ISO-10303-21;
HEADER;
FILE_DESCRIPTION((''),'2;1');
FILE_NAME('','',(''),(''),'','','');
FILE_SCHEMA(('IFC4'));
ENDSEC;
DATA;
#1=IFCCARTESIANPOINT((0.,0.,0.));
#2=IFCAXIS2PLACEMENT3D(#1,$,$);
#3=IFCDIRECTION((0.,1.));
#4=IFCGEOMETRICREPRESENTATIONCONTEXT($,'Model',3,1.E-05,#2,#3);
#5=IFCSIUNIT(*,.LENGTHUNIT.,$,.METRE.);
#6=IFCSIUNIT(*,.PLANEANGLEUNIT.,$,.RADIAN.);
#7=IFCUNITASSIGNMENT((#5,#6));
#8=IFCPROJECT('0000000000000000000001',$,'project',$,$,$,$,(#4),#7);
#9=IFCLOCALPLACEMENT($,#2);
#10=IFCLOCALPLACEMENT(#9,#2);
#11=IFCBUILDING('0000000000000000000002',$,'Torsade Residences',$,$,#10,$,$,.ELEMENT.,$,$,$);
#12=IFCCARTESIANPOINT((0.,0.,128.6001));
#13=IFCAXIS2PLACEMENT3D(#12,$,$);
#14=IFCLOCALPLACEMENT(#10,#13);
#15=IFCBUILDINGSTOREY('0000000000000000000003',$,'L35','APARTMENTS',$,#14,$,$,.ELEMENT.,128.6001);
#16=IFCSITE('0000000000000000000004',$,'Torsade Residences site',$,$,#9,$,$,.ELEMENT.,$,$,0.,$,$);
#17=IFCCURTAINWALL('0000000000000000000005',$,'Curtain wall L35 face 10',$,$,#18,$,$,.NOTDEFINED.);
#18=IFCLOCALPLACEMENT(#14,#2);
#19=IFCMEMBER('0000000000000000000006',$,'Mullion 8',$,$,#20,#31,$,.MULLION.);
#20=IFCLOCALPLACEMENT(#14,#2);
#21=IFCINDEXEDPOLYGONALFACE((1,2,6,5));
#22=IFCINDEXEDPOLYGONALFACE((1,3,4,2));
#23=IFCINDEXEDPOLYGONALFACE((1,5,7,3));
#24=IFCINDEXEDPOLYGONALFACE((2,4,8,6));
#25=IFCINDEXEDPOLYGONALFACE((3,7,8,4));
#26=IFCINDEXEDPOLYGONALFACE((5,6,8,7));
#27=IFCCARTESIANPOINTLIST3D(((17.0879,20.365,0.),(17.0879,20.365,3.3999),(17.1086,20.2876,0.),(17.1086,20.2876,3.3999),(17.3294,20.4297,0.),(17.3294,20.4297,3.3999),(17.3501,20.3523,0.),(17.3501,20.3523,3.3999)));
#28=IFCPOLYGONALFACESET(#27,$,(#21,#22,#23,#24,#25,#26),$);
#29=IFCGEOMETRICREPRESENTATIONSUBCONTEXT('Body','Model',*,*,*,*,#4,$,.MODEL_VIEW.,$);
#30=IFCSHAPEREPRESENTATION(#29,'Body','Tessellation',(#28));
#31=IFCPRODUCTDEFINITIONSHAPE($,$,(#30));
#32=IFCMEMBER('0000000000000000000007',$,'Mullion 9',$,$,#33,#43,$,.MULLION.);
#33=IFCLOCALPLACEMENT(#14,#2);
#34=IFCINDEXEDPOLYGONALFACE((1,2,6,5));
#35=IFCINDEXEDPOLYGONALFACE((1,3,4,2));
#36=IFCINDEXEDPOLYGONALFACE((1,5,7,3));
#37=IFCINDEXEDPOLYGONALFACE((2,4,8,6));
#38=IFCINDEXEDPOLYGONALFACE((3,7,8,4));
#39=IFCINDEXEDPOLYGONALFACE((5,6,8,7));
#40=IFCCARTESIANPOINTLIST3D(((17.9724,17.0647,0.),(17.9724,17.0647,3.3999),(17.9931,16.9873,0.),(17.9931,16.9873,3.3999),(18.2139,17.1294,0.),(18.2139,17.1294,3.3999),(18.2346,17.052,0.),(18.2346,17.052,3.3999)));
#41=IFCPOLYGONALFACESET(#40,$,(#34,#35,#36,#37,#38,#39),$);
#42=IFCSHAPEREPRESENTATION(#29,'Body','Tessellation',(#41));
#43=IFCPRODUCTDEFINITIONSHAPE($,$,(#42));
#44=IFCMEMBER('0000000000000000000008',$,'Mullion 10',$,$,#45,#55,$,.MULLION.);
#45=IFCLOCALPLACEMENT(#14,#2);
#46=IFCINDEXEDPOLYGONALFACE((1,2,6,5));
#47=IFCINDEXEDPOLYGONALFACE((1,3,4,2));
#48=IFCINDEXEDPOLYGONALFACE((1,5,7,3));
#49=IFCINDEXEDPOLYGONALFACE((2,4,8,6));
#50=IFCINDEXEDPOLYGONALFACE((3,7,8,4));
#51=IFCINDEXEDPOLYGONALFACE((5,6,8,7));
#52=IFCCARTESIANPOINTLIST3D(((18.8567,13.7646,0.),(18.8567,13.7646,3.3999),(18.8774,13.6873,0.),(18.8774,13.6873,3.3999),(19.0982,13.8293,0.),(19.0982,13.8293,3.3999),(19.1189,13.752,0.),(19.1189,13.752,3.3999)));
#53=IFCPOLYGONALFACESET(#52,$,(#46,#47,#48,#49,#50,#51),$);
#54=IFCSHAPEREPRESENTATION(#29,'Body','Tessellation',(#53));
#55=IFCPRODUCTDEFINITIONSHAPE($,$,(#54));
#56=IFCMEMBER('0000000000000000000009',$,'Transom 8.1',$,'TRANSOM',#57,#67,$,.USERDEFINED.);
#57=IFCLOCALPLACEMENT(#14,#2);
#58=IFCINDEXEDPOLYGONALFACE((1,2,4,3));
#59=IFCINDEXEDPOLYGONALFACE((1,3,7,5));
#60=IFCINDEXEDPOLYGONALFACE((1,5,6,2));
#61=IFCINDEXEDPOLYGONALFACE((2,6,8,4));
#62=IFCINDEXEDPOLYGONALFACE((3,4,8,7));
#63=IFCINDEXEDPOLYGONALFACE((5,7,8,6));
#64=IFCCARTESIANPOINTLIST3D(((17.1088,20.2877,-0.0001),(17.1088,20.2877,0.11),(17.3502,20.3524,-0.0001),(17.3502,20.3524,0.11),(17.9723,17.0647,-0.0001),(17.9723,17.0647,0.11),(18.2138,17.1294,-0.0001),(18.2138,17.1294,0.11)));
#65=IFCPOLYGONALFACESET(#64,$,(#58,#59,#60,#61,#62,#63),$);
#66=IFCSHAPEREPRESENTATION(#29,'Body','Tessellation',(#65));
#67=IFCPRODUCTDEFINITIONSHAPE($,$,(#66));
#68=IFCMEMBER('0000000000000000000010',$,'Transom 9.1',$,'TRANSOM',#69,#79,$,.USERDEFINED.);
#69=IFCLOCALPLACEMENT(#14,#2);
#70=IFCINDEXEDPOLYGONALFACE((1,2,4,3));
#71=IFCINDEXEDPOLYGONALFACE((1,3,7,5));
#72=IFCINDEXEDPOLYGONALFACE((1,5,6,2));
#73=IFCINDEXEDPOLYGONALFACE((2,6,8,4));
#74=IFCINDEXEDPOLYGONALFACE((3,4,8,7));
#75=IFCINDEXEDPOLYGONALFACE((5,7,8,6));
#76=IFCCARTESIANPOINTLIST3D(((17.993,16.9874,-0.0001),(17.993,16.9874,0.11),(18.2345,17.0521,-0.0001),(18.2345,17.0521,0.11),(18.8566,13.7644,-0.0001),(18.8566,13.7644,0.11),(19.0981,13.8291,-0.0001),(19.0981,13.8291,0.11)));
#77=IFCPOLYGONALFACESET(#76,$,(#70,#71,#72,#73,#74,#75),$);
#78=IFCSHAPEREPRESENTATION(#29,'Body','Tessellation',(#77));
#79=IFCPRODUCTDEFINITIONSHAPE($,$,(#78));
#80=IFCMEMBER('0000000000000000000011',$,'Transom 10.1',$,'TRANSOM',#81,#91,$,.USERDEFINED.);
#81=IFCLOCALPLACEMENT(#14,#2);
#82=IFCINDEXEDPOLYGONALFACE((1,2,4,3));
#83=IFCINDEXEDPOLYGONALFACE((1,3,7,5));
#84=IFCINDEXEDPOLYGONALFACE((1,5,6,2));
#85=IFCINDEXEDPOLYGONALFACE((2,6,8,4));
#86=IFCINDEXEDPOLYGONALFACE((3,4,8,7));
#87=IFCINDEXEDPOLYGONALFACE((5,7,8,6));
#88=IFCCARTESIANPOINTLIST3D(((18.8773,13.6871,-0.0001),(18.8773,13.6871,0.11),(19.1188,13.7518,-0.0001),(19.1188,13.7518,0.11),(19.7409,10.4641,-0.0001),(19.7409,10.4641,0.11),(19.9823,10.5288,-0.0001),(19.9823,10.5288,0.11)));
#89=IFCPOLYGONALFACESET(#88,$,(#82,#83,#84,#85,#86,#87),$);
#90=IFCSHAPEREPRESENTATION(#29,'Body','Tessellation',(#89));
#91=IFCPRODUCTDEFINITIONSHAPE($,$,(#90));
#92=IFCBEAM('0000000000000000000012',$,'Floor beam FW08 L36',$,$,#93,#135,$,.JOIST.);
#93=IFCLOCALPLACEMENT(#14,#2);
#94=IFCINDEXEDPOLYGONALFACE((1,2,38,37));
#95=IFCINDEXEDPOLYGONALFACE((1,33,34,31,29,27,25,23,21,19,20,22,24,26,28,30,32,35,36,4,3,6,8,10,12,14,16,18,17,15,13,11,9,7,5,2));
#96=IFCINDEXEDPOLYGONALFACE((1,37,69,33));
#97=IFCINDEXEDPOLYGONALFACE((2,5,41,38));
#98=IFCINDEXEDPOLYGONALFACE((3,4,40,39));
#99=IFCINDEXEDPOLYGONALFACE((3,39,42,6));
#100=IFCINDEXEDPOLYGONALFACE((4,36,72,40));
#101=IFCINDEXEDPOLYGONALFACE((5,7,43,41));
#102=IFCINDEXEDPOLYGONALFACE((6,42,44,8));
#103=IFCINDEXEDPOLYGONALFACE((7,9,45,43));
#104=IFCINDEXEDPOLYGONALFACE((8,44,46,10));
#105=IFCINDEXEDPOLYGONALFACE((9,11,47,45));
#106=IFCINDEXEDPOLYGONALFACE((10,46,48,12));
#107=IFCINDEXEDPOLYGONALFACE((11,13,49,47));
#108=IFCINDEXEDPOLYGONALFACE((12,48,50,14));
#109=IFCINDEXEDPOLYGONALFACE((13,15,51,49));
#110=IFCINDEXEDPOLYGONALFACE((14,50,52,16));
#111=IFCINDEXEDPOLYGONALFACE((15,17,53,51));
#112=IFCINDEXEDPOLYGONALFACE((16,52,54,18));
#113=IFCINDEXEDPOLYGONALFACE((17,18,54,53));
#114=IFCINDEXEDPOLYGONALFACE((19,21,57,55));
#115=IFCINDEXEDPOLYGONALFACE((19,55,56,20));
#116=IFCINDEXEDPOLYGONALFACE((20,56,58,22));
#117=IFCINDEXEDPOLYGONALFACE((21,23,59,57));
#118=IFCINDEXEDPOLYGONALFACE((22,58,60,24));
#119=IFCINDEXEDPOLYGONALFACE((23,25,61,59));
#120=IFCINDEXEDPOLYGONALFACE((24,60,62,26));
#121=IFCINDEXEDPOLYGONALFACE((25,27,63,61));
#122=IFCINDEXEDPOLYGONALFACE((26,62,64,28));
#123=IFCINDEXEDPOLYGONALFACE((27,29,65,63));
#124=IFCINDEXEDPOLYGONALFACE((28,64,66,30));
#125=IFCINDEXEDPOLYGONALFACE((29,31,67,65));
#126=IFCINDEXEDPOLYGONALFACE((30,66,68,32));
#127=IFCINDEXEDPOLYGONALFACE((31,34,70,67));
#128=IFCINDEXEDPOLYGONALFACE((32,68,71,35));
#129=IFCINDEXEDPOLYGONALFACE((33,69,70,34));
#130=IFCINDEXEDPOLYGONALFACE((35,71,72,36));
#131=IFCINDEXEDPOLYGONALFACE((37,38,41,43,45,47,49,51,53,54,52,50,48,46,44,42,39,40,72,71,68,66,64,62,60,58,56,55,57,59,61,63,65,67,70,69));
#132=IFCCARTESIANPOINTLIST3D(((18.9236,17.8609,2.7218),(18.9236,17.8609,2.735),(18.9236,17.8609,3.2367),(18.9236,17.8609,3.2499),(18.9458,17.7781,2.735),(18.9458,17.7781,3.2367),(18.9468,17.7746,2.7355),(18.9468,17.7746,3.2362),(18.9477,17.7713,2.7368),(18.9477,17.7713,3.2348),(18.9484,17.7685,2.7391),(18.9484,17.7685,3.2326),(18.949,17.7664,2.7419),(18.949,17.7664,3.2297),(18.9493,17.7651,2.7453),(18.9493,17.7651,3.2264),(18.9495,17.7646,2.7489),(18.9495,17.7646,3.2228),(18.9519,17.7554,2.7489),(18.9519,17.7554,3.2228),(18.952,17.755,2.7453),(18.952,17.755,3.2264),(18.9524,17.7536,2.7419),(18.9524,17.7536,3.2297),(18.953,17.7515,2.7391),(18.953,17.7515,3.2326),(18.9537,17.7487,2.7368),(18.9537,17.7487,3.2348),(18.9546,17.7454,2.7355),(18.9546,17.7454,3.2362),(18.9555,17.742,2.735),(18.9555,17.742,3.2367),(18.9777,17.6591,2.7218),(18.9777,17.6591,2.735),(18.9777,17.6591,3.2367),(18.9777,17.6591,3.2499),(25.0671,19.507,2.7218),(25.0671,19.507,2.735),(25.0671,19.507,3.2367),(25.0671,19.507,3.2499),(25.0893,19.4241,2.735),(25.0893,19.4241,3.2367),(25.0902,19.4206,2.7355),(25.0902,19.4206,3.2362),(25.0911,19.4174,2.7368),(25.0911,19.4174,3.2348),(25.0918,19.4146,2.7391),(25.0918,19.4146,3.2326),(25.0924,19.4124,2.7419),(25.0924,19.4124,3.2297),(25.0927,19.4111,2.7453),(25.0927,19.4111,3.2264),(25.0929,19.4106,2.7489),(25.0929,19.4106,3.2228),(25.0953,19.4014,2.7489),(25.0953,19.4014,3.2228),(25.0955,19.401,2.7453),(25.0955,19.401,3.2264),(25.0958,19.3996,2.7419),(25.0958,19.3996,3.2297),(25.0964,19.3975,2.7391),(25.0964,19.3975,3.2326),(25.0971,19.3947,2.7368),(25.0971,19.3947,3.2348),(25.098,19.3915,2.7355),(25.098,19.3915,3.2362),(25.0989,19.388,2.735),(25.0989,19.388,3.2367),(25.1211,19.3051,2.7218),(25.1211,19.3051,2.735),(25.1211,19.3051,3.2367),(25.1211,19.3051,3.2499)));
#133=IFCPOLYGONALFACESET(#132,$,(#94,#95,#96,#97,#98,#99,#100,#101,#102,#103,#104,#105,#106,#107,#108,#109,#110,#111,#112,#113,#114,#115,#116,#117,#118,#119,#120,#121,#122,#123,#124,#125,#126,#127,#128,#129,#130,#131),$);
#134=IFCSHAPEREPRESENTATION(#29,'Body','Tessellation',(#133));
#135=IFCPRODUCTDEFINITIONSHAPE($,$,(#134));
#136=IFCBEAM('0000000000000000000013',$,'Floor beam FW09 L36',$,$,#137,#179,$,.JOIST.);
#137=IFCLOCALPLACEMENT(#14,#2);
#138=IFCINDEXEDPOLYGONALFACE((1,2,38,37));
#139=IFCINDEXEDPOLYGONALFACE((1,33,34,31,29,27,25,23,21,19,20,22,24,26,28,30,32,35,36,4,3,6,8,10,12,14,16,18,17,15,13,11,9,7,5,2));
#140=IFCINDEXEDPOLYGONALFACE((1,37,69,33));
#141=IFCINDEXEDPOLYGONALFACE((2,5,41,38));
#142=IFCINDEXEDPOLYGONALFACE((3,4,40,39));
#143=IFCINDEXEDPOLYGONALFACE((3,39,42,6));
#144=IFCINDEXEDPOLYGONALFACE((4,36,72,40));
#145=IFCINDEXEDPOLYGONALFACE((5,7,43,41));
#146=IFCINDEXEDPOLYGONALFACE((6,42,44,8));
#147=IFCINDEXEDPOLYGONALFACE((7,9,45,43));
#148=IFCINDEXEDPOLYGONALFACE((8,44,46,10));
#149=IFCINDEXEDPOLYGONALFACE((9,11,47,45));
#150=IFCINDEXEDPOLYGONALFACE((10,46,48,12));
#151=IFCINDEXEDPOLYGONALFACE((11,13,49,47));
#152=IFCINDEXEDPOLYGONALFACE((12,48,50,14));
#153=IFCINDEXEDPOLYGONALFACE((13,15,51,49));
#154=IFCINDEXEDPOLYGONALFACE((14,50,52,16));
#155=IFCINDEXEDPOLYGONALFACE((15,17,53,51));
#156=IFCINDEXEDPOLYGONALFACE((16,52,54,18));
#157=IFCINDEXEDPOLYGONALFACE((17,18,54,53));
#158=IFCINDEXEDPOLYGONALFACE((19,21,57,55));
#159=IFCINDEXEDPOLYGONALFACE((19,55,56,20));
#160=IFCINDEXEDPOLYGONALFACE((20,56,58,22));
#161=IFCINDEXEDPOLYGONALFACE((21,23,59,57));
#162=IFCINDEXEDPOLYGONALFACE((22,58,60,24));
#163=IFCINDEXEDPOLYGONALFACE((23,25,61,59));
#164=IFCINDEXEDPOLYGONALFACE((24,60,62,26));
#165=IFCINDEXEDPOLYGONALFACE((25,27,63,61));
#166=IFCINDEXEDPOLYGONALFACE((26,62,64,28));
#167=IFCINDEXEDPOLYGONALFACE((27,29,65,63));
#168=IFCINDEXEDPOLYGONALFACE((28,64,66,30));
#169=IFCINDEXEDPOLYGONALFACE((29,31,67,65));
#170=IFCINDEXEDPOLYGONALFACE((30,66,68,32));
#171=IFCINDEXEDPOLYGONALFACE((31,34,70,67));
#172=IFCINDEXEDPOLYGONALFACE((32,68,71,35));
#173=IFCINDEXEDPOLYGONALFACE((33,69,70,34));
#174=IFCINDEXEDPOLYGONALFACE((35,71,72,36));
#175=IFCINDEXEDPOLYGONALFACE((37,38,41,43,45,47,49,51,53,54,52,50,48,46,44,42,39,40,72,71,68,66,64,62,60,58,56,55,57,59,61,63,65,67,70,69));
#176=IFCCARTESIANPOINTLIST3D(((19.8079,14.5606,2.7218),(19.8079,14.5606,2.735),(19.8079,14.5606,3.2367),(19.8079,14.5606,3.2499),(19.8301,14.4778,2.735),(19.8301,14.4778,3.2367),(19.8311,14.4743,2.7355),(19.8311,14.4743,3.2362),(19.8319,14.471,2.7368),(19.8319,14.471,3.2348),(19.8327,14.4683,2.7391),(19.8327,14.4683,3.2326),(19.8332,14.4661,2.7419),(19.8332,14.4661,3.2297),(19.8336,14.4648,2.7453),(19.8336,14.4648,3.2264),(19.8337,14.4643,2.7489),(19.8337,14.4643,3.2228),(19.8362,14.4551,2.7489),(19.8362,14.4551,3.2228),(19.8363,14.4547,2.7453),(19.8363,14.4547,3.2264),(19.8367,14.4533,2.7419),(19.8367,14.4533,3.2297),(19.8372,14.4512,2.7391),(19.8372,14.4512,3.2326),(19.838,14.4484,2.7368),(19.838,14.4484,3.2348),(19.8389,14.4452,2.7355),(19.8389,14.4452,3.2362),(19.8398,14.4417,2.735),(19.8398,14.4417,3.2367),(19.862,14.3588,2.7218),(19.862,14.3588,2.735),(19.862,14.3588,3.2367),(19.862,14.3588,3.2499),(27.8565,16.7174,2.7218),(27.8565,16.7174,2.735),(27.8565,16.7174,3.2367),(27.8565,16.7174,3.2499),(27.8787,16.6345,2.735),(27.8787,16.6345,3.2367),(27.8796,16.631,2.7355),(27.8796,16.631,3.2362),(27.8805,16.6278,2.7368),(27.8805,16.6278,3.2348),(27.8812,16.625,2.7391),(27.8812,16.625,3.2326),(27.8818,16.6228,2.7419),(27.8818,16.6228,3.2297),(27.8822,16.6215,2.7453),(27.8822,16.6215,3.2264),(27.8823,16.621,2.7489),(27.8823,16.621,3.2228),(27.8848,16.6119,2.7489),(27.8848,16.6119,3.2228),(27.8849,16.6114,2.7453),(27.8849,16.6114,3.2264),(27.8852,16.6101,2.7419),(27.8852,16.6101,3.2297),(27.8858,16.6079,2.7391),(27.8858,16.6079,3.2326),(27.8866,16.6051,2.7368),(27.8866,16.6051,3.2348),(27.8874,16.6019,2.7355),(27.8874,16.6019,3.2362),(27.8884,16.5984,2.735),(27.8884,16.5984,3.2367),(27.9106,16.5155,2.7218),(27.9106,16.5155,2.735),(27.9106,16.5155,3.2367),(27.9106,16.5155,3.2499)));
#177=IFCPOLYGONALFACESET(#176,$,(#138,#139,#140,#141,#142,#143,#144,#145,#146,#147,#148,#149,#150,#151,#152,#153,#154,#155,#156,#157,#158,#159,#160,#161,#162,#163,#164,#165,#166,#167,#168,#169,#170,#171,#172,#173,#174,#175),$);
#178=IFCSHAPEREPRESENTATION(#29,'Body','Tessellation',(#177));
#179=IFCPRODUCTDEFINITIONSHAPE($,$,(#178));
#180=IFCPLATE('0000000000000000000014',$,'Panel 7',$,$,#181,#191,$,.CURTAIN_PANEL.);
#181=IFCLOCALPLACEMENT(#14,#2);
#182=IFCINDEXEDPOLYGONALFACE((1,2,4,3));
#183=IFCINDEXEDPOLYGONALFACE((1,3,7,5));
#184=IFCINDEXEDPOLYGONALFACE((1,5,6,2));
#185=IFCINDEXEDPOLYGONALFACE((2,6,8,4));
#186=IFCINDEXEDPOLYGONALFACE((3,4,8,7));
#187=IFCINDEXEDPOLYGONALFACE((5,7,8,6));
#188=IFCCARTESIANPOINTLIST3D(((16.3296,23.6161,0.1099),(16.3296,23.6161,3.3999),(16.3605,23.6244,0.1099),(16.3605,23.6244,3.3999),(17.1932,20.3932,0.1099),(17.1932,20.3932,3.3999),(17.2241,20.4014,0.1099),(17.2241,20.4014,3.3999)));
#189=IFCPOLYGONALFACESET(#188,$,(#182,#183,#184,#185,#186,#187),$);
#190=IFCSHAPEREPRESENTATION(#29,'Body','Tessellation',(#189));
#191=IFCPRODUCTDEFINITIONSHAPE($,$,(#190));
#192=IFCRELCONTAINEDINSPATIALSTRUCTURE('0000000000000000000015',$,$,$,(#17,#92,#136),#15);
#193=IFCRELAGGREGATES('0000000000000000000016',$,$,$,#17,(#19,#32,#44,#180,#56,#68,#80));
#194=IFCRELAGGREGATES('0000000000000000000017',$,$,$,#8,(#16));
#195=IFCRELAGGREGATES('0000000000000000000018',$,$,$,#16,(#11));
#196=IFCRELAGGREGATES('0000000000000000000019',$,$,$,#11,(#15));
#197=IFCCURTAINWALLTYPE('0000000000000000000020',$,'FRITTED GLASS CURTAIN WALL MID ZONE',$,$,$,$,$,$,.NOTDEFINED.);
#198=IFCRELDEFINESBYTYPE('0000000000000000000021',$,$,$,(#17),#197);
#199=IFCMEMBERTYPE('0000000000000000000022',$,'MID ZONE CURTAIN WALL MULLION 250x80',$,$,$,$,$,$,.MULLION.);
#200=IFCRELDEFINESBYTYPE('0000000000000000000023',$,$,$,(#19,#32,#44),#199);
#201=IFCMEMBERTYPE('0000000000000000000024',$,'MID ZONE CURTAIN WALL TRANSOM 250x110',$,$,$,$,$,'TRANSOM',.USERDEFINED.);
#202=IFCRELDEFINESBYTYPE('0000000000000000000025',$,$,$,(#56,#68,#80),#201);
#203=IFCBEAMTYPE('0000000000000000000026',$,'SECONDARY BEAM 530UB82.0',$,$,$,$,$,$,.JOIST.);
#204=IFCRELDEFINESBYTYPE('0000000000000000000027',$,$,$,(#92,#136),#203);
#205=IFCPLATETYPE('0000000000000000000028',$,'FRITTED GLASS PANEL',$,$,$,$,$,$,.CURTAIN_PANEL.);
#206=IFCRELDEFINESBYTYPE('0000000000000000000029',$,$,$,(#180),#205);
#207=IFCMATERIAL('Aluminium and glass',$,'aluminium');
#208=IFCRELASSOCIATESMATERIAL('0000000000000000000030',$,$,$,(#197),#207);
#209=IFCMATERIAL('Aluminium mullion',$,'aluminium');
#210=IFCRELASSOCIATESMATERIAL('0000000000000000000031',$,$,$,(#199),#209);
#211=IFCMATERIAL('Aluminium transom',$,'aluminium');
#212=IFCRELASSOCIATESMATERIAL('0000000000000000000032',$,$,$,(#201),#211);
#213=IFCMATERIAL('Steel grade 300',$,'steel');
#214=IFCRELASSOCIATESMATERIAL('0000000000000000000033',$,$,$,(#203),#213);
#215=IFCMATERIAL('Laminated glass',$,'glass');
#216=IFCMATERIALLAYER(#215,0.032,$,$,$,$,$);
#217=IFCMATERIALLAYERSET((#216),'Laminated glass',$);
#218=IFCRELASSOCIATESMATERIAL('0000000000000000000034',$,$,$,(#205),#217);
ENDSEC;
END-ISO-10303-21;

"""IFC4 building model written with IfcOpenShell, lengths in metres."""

from ifc_helpers import new_model, si_unit, direction, frame, origin, origin_2d, place, context, subcontext, project, spatial, rectangle, i_section, extrude, material, layer, layer_set, material_profile, profile_set, type_object, element, aggregate, save


model = new_model("IFC4")

# Units and contexts
model_context = context("Model", 3, precision=1e-05, world=origin(), true_north=direction((0.0, 1.0)))
body_context = subcontext(model_context, "Body", "Model", "MODEL_VIEW")
ifc_project = project(units=[si_unit("LENGTHUNIT", "METRE"), si_unit("PLANEANGLEUNIT", "RADIAN")], contexts=[model_context])

# Site, building, storey
site_placement = place(None, origin())
site = spatial("IfcSite", under=ifc_project, at=site_placement, Name="Torsade Residences site", CompositionType="ELEMENT", RefElevation=0.0)
building_placement = place(site_placement, origin())
building = spatial("IfcBuilding", under=site, at=building_placement, Name="Torsade Residences", CompositionType="ELEMENT")
storey_placement = place(building_placement, frame((0.0, 0.0, 128.6001)))
storey = spatial("IfcBuildingStorey", under=building, at=storey_placement, Name="L35", Description="APARTMENTS", CompositionType="ELEMENT", Elevation=128.6001)

# Curtain wall, members
ifc_material_1 = material(Name="Aluminium and glass", Category="aluminium")
curtain_wall_type = type_object("IfcCurtainWallType", Name="FRITTED GLASS CURTAIN WALL MID ZONE", PredefinedType="NOTDEFINED", material=ifc_material_1)
curtain_wall_placement = place(storey_placement, origin())
curtain_wall = element("IfcCurtainWall", 1, at=curtain_wall_placement, inside=storey, type_object=curtain_wall_type, Name="Curtain wall L35 face 10", PredefinedType="NOTDEFINED")
ifc_material_2 = material(Name="Aluminium mullion", Category="aluminium")
ifc_material_profile_1 = material_profile(ifc_material_2, rectangle(XDim=0.25, YDim=0.0801, at=origin_2d()), Name="MID ZONE CURTAIN WALL MULLION 250x80")
ifc_profile_set_1 = profile_set([ifc_material_profile_1], Name="Aluminium mullion")
member_type_1 = type_object("IfcMemberType", Name="MID ZONE CURTAIN WALL MULLION 250x80", PredefinedType="MULLION", material=ifc_profile_set_1)
member_1_placement = place(storey_placement, frame((17.219, 20.3586, 0.0), z_axis=(0.0, 0.0, 1.0), x_axis=(0.965926, 0.258819, 0.0)))
member_1 = element("IfcMember", 2, at=member_1_placement, type_object=member_type_1, Name="Mullion 8", PredefinedType="MULLION", context=body_context, shape_type="SweptSolid", body=[
    extrude(rectangle(XDim=0.25, YDim=0.0801, at=origin_2d()), origin(), (0.0, 0.0, 1.0), 3.3999),
])
member_2_placement = place(storey_placement, frame((18.1035, 17.0583, 0.0), z_axis=(0.0, 0.0, 1.0), x_axis=(0.965926, 0.258819, 0.0)))
member_2 = element("IfcMember", 3, at=member_2_placement, type_object=member_type_1, Name="Mullion 9", PredefinedType="MULLION", context=body_context, shape_type="SweptSolid", body=[
    extrude(rectangle(XDim=0.25, YDim=0.0801, at=origin_2d()), origin(), (0.0, 0.0, 1.0), 3.3999),
])
member_3_placement = place(storey_placement, frame((18.9878, 13.7583, 0.0), z_axis=(0.0, 0.0, 1.0), x_axis=(0.965926, 0.258819, 0.0)))
member_3 = element("IfcMember", 4, at=member_3_placement, type_object=member_type_1, Name="Mullion 10", PredefinedType="MULLION", context=body_context, shape_type="SweptSolid", body=[
    extrude(rectangle(XDim=0.25, YDim=0.0801, at=origin_2d()), origin(), (0.0, 0.0, 1.0), 3.3999),
])
ifc_material_3 = material(Name="Aluminium transom", Category="aluminium")
ifc_material_profile_2 = material_profile(ifc_material_3, rectangle(XDim=0.25, YDim=0.1101, at=origin_2d()), Name="MID ZONE CURTAIN WALL TRANSOM 250x110")
ifc_profile_set_2 = profile_set([ifc_material_profile_2], Name="Aluminium transom")
member_type_2 = type_object("IfcMemberType", Name="MID ZONE CURTAIN WALL TRANSOM 250x110", ElementType="TRANSOM", PredefinedType="USERDEFINED", material=ifc_profile_set_2)
member_4_placement = place(storey_placement, frame((17.2295, 20.3201, 0.0549), z_axis=(0.258806, -0.965929, 0.0), x_axis=(0.965929, 0.258806, 0.0)))
member_4 = element("IfcMember", 5, at=member_4_placement, type_object=member_type_2, Name="Transom 8.1", ObjectType="TRANSOM", PredefinedType="USERDEFINED", context=body_context, shape_type="SweptSolid", body=[
    extrude(rectangle(XDim=0.25, YDim=0.1101, at=origin_2d()), origin(), (0.0, 0.0, 1.0), 3.3367),
])
member_5_placement = place(storey_placement, frame((18.1138, 17.0198, 0.0549), z_axis=(0.258806, -0.965929, 0.0), x_axis=(0.965929, 0.258806, 0.0)))
member_5 = element("IfcMember", 6, at=member_5_placement, type_object=member_type_2, Name="Transom 9.1", ObjectType="TRANSOM", PredefinedType="USERDEFINED", context=body_context, shape_type="SweptSolid", body=[
    extrude(rectangle(XDim=0.25, YDim=0.1101, at=origin_2d()), origin(), (0.0, 0.0, 1.0), 3.3367),
])
member_6_placement = place(storey_placement, frame((18.998, 13.7195, 0.0549), z_axis=(0.258806, -0.965929, 0.0), x_axis=(0.965929, 0.258806, 0.0)))
member_6 = element("IfcMember", 7, at=member_6_placement, type_object=member_type_2, Name="Transom 10.1", ObjectType="TRANSOM", PredefinedType="USERDEFINED", context=body_context, shape_type="SweptSolid", body=[
    extrude(rectangle(XDim=0.25, YDim=0.1101, at=origin_2d()), origin(), (0.0, 0.0, 1.0), 3.3367),
])

# Beams
ifc_material_4 = material(Name="Steel grade 300", Category="steel")
ifc_material_profile_3 = material_profile(ifc_material_4, i_section(OverallWidth=0.209, OverallDepth=0.5281, WebThickness=0.0095, FlangeThickness=0.0132, FilletRadius=0.0139, at=origin_2d()), Name="530UB82.0")
ifc_profile_set_3 = profile_set([ifc_material_profile_3], Name="Steel grade 300")
beam_type = type_object("IfcBeamType", Name="SECONDARY BEAM 530UB82.0", PredefinedType="JOIST", material=ifc_profile_set_3)
beam_1_placement = place(storey_placement, frame((18.9507, 17.76, 2.9858), z_axis=(0.96593, 0.258805, 0.0), x_axis=(-0.258805, 0.96593, 0.0)))
element("IfcBeam", 8, at=beam_1_placement, inside=storey, type_object=beam_type, Name="Floor beam FW08 L36", PredefinedType="JOIST", context=body_context, shape_type="SweptSolid", body=[
    extrude(i_section(OverallWidth=0.209, OverallDepth=0.5281, WebThickness=0.0095, FlangeThickness=0.0132, FilletRadius=0.0139, at=origin_2d()), origin(), (0.0, 0.0, 1.0), 6.3601),
])
beam_2_placement = place(storey_placement, frame((19.835, 14.4597, 2.9858), z_axis=(0.965922, 0.258833, 0.0), x_axis=(-0.258833, 0.965922, 0.0)))
element("IfcBeam", 9, at=beam_2_placement, inside=storey, type_object=beam_type, Name="Floor beam FW09 L36", PredefinedType="JOIST", context=body_context, shape_type="SweptSolid", body=[
    extrude(i_section(OverallWidth=0.209, OverallDepth=0.5281, WebThickness=0.0095, FlangeThickness=0.0132, FilletRadius=0.0139, at=origin_2d()), origin(), (0.0, 0.0, 1.0), 8.3325),
])

# Plate
ifc_material_5 = material(Name="Laminated glass", Category="glass")
ifc_layer_1 = layer(ifc_material_5, 0.032)
ifc_layer_set_1 = layer_set([ifc_layer_1], Name="Laminated glass")
plate_type = type_object("IfcPlateType", Name="FRITTED GLASS PANEL", PredefinedType="CURTAIN_PANEL", material=ifc_layer_set_1)
plate_1_placement = place(storey_placement, frame((16.7769, 22.0088, 0.1099), z_axis=(0.0, 0.0, 1.0), x_axis=(0.258819, -0.965926, 0.0)))
plate_1 = element("IfcPlate", 10, at=plate_1_placement, type_object=plate_type, Name="Panel 7", PredefinedType="CURTAIN_PANEL", context=body_context, shape_type="SweptSolid", body=[
    extrude(rectangle(XDim=3.3367, YDim=0.032, at=origin_2d()), origin(), (0.0, 0.0, 1.0), 3.29),
])
aggregate(curtain_wall, [member_1, member_2, member_3, plate_1, member_4, member_5, member_6])

save(model, "model.ifc")
